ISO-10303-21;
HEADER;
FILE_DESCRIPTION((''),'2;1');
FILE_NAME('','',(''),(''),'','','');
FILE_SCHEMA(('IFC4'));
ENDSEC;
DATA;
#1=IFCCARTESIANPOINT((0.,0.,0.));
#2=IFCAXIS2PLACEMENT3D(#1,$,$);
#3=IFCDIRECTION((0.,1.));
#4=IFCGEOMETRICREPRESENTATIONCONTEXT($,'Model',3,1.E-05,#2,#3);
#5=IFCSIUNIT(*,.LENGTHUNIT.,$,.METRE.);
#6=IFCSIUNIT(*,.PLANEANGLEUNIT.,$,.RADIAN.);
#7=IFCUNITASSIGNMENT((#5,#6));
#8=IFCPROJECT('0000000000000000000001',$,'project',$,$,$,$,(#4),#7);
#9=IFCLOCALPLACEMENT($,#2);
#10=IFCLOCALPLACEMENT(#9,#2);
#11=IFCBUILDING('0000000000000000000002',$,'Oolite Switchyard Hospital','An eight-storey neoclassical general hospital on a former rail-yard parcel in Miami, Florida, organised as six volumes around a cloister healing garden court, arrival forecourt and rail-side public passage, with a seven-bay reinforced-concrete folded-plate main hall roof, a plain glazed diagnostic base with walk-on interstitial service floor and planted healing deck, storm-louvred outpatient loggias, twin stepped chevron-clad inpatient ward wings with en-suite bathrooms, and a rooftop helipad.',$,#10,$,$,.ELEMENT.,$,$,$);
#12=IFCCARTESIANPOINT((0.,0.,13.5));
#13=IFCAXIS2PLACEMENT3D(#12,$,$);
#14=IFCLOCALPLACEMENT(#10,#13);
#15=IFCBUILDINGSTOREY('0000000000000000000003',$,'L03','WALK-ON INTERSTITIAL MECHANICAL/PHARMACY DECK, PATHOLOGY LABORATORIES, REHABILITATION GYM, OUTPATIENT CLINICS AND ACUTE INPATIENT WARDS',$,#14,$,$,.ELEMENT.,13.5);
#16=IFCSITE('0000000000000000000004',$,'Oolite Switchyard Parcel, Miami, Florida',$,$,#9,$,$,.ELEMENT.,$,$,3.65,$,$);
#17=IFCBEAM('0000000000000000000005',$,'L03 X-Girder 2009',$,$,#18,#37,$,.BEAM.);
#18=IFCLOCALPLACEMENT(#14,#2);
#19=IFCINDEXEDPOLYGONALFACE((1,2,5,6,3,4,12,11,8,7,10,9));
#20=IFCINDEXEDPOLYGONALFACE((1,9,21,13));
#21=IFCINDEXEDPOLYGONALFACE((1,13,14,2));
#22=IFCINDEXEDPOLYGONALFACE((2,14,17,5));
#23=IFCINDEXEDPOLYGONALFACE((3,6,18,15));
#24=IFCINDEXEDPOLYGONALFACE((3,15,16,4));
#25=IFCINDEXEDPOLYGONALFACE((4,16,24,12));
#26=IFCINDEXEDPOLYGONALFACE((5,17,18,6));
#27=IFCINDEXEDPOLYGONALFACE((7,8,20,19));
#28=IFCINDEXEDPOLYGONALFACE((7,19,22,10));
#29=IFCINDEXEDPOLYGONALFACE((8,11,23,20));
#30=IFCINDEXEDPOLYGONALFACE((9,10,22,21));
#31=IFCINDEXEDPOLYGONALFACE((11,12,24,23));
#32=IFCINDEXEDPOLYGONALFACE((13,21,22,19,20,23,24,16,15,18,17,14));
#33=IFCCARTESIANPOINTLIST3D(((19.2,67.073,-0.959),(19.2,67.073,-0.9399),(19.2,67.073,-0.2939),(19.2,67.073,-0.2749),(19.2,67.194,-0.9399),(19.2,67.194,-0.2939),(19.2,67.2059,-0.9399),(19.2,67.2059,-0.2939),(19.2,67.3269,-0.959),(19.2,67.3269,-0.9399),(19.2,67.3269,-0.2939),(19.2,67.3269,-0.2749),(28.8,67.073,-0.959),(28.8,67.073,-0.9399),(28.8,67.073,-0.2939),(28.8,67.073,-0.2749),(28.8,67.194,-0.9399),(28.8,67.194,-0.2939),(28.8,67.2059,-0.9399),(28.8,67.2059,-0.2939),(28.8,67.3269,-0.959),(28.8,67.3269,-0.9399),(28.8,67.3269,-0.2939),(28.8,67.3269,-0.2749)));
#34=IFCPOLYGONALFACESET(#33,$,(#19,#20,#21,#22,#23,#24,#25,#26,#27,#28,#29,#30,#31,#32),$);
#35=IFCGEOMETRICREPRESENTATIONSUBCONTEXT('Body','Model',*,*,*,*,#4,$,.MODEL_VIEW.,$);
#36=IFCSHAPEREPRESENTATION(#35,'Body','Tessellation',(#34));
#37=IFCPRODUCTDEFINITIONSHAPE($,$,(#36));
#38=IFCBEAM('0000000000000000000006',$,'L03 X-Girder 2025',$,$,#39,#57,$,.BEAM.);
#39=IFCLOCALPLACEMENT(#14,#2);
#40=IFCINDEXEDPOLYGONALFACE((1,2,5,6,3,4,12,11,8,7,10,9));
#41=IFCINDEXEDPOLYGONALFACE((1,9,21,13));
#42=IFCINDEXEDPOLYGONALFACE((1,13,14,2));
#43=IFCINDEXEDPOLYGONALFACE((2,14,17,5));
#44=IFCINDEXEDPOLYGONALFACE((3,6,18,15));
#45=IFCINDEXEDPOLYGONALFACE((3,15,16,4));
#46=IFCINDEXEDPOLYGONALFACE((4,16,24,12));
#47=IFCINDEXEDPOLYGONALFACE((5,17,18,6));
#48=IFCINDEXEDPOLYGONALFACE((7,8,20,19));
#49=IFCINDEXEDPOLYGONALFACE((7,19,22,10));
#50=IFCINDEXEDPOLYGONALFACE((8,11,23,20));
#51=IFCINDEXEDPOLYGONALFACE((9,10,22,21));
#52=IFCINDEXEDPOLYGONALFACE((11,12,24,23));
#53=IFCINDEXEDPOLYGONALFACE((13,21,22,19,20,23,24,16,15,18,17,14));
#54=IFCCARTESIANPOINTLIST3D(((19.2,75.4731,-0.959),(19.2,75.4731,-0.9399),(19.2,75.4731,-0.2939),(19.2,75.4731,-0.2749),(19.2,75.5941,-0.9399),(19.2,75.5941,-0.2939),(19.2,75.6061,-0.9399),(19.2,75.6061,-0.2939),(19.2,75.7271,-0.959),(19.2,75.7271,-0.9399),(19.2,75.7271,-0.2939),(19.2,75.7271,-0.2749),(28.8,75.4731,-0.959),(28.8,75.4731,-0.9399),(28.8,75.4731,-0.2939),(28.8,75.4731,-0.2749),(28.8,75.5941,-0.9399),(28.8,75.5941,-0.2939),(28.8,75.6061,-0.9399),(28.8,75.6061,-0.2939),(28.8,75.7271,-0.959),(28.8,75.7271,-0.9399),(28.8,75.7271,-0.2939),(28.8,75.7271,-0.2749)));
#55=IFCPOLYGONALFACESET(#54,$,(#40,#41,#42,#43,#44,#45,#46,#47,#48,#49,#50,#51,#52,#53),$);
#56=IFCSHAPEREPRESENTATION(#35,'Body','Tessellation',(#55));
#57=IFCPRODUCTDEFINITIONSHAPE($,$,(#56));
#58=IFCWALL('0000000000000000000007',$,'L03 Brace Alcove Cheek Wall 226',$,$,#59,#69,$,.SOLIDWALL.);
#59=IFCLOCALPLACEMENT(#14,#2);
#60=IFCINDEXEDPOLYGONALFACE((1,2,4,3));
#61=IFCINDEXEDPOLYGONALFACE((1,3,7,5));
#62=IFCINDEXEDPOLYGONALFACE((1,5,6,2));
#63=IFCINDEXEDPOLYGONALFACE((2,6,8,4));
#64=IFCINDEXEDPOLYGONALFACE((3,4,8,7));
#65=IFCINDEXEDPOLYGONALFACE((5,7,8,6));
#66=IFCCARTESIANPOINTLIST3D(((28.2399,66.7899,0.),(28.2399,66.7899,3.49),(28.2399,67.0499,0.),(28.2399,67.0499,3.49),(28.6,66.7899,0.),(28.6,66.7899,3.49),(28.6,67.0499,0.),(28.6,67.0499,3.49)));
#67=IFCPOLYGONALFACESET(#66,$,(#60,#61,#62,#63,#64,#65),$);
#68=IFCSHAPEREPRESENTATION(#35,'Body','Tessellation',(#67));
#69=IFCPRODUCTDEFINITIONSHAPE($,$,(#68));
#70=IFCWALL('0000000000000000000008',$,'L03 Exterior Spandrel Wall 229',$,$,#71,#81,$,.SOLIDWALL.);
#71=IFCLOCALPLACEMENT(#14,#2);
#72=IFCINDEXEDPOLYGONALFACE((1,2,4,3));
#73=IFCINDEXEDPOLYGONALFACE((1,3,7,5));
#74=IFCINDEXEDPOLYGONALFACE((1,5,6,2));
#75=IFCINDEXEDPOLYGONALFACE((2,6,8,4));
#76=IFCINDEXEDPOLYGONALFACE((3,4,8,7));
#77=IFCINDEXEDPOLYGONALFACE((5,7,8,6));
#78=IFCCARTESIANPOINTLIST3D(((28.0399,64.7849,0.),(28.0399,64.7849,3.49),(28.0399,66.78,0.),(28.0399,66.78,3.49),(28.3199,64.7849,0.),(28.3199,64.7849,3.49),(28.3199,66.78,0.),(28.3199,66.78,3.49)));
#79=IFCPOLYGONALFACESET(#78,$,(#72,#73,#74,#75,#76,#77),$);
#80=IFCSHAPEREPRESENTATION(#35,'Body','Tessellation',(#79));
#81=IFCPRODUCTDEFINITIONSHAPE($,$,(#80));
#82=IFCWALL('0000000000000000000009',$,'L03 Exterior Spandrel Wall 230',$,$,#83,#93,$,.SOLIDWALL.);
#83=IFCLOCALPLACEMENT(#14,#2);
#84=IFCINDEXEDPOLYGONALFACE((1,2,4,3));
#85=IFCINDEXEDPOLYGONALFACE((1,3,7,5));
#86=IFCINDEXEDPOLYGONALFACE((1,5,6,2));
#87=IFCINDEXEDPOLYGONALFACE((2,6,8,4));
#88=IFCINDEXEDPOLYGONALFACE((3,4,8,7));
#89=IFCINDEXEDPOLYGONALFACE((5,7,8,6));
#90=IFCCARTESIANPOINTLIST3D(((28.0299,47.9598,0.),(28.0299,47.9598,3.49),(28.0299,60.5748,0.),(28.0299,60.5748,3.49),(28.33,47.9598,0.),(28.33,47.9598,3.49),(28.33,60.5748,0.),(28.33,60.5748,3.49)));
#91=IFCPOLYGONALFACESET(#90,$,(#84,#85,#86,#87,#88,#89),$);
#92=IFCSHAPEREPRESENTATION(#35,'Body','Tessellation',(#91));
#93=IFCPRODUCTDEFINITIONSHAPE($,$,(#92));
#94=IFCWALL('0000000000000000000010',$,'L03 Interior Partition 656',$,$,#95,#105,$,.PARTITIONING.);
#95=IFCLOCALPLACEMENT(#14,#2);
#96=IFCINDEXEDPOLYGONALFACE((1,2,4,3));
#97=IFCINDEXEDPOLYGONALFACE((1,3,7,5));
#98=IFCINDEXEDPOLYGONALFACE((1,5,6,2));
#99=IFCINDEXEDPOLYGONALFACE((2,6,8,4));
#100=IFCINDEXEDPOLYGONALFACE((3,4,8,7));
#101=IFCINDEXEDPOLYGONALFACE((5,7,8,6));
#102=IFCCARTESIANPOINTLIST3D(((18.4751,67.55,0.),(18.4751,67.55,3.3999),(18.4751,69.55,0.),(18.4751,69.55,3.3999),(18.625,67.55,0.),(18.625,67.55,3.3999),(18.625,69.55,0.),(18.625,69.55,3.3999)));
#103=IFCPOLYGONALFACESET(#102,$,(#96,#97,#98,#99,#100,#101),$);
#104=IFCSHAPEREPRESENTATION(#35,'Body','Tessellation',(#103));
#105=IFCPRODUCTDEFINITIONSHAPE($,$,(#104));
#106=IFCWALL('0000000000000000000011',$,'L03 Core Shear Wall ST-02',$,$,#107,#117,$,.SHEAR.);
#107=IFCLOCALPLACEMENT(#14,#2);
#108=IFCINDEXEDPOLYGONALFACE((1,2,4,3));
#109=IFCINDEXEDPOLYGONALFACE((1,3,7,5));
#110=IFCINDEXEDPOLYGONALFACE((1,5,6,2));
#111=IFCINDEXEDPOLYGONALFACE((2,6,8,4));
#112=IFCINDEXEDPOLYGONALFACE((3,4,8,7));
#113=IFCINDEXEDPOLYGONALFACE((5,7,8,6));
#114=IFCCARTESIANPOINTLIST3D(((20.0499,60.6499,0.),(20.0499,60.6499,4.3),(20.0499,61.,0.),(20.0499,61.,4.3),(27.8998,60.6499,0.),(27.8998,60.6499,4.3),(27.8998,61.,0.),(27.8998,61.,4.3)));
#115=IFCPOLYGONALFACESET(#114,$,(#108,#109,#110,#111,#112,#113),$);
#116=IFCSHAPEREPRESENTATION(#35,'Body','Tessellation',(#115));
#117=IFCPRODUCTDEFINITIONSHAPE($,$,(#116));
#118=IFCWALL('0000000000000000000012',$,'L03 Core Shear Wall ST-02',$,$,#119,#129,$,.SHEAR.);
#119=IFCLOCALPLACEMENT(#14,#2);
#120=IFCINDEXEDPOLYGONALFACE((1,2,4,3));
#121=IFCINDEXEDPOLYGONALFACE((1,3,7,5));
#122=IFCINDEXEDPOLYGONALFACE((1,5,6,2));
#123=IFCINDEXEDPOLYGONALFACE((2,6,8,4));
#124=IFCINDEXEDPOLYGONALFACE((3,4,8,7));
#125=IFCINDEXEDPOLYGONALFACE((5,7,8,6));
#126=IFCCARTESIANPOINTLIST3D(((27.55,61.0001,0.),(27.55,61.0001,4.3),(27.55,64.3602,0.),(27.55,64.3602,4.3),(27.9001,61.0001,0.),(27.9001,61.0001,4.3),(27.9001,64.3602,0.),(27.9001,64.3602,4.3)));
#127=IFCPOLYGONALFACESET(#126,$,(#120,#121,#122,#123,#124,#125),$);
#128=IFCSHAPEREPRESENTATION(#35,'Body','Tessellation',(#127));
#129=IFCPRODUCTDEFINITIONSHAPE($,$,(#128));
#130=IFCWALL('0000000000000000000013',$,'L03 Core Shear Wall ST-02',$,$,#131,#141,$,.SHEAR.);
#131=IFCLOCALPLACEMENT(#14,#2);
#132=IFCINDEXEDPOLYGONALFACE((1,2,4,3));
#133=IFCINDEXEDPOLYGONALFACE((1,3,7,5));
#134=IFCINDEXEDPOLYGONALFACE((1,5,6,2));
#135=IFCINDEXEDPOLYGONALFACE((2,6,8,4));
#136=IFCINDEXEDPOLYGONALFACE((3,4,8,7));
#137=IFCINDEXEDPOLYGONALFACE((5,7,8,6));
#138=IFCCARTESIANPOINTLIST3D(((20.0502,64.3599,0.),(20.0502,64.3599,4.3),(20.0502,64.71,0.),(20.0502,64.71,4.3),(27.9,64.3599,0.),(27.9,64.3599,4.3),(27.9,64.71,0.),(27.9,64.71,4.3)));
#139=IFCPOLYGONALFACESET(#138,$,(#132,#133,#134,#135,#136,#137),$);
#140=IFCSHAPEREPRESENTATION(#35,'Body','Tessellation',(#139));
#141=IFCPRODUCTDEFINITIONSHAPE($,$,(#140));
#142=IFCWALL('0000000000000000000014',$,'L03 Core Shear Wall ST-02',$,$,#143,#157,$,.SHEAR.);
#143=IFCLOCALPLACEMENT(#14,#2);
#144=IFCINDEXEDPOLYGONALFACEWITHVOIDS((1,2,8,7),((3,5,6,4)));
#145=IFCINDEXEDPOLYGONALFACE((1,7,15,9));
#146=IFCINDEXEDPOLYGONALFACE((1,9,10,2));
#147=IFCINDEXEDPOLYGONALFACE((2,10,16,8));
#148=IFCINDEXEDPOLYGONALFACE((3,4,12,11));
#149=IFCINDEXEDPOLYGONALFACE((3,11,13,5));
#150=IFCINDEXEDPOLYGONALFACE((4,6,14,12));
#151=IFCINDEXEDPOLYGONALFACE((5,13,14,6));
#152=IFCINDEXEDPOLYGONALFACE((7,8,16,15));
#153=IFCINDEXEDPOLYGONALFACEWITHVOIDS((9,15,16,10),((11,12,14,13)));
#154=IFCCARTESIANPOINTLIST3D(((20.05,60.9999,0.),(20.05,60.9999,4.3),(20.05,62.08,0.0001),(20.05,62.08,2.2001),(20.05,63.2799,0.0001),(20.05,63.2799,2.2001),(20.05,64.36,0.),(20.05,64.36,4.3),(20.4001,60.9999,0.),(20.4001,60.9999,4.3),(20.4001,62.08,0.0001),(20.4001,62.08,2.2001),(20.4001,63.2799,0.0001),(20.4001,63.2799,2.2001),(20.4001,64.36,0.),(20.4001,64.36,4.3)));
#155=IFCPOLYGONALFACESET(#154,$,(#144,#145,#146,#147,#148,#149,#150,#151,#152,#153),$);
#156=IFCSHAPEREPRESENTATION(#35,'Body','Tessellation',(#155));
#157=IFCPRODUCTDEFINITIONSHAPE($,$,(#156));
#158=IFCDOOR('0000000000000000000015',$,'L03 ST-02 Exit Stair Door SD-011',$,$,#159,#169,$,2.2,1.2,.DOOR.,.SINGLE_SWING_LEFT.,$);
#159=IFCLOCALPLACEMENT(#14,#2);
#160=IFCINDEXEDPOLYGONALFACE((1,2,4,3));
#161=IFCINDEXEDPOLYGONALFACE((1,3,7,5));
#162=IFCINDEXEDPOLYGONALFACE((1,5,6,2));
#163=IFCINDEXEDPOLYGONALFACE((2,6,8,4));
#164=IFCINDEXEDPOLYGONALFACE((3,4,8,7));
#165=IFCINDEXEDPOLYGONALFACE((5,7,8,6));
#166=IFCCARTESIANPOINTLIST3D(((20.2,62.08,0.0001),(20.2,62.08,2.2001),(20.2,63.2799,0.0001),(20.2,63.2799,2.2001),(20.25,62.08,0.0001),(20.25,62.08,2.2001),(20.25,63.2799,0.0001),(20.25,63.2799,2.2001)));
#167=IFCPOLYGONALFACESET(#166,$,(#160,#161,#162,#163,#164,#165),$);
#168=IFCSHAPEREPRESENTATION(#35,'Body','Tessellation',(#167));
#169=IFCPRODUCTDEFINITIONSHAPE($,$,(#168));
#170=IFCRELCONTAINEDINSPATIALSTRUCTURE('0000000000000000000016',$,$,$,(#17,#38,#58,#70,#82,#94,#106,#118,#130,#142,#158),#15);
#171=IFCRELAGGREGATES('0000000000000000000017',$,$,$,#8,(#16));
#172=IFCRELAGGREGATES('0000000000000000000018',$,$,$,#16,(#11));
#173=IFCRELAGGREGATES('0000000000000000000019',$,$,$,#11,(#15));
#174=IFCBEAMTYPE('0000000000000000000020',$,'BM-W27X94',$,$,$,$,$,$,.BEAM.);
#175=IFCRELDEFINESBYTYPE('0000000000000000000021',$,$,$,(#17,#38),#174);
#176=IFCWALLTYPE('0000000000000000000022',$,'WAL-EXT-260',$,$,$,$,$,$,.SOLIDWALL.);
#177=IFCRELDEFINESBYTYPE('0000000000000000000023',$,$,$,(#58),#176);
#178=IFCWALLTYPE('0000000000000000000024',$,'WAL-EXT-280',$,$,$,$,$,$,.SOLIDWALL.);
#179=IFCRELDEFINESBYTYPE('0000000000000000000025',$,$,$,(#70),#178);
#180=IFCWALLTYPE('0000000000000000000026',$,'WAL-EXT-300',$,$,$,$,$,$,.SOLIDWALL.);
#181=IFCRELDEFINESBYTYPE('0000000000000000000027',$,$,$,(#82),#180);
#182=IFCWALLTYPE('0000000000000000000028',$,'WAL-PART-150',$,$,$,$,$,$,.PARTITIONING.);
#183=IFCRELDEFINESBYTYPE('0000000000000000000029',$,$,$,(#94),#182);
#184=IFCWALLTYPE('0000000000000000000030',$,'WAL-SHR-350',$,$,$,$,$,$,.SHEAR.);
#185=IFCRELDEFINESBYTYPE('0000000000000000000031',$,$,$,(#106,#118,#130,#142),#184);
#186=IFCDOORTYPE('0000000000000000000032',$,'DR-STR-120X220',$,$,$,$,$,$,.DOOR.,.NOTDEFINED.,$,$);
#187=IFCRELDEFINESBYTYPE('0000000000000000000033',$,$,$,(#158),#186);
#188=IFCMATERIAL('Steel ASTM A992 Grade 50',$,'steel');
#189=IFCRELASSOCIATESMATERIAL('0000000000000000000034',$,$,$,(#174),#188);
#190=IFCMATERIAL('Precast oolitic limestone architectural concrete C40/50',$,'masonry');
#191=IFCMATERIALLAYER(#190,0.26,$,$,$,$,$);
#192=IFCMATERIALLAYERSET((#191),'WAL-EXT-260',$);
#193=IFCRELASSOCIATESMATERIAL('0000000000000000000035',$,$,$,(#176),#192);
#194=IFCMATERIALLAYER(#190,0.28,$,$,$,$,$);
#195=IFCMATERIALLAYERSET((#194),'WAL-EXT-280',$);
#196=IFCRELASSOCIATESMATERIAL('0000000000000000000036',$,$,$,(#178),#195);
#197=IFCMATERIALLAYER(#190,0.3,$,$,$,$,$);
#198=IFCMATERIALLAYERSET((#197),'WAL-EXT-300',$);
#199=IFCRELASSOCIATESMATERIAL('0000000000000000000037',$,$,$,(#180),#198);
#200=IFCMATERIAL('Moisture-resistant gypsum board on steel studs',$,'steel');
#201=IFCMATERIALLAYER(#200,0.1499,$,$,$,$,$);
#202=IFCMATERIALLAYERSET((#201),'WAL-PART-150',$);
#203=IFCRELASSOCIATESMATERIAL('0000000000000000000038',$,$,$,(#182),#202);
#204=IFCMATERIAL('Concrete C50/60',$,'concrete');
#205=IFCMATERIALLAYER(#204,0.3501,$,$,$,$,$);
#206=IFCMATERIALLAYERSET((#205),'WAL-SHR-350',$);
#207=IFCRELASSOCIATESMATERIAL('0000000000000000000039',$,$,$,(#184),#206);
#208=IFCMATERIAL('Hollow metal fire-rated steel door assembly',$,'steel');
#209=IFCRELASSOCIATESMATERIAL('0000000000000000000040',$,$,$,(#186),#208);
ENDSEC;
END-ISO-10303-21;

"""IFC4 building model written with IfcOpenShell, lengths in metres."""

from ifc_helpers import new_model, si_unit, direction, frame, frame_2d, origin, origin_2d, place, context, subcontext, project, spatial, rectangle, i_section, extrude, material, layer, layer_set, material_profile, profile_set, type_object, element, fill, save


model = new_model("IFC4")

# Units and contexts
model_context = context("Model", 3, precision=1e-05, world=origin(), true_north=direction((0.0, 1.0)))
body_context = subcontext(model_context, "Body", "Model", "MODEL_VIEW")
ifc_project = project(units=[si_unit("LENGTHUNIT", "METRE"), si_unit("PLANEANGLEUNIT", "RADIAN")], contexts=[model_context])

# Site, building, storey
site_placement = place(None, origin())
site = spatial("IfcSite", under=ifc_project, at=site_placement, Name="Oolite Switchyard Parcel, Miami, Florida", CompositionType="ELEMENT", RefElevation=3.65)
building_placement = place(site_placement, origin())
building = spatial("IfcBuilding", under=site, at=building_placement, Name="Oolite Switchyard Hospital", Description="An eight-storey neoclassical general hospital on a former rail-yard parcel in Miami, Florida, organised as six volumes around a cloister healing garden court, arrival forecourt and rail-side public passage, with a seven-bay reinforced-concrete folded-plate main hall roof, a plain glazed diagnostic base with walk-on interstitial service floor and planted healing deck, storm-louvred outpatient loggias, twin stepped chevron-clad inpatient ward wings with en-suite bathrooms, and a rooftop helipad.", CompositionType="ELEMENT")
storey_placement = place(building_placement, frame((0.0, 0.0, 13.5)))
storey = spatial("IfcBuildingStorey", under=building, at=storey_placement, Name="L03", Description="WALK-ON INTERSTITIAL MECHANICAL/PHARMACY DECK, PATHOLOGY LABORATORIES, REHABILITATION GYM, OUTPATIENT CLINICS AND ACUTE INPATIENT WARDS", CompositionType="ELEMENT", Elevation=13.5)

# Shared definitions
ifc_material_1 = material(Name="Concrete C50/60", Category="concrete")

# Beams
ifc_material_2 = material(Name="Steel ASTM A992 Grade 50", Category="steel")
ifc_material_profile_1 = material_profile(ifc_material_2, i_section(OverallWidth=0.2539, OverallDepth=0.6841, WebThickness=0.012, FlangeThickness=0.019, at=origin_2d()), Name="W27X94")
ifc_profile_set_1 = profile_set([ifc_material_profile_1], Name="Steel ASTM A992 Grade 50")
beam_type_1 = type_object("IfcBeamType", Name="BM-W27X94", PredefinedType="BEAM", material=ifc_profile_set_1)
for number, where, z_axis, x_axis, name in (
    (1, (19.2, 67.2, -0.6169), (1.0, 0.0, 0.0), (0.0, 1.0, 0.0), "L03 X-Girder 2009"),
    (2, (19.2, 75.6001, -0.6169), (1.0, 0.0, 0.0), (0.0, 1.0, 0.0), "L03 X-Girder 2025"),
):
    element("IfcBeam", number, at=place(storey_placement, frame(where, z_axis=z_axis, x_axis=x_axis)), inside=storey, type_object=beam_type_1, Name=name, PredefinedType="BEAM", context=body_context, shape_type="SweptSolid", body=[
        extrude(i_section(OverallWidth=0.2539, OverallDepth=0.6841, WebThickness=0.012, FlangeThickness=0.019, at=origin_2d()), origin(), (0.0, 0.0, 1.0), 9.6001),
    ])

# Walls
ifc_material_3 = material(Name="Precast oolitic limestone architectural concrete C40/50", Category="masonry")
ifc_layer_1 = layer(ifc_material_3, 0.26)
ifc_layer_set_1 = layer_set([ifc_layer_1], Name="WAL-EXT-260")
wall_type_1 = type_object("IfcWallType", Name="WAL-EXT-260", PredefinedType="SOLIDWALL", material=ifc_layer_set_1)
wall_1_placement = place(storey_placement, frame((28.6001, 66.9199, 0.0), z_axis=(0.0, 0.0, 1.0), x_axis=(-1.0, 0.0, 0.0)))
element("IfcWall", 3, at=wall_1_placement, inside=storey, type_object=wall_type_1, Name="L03 Brace Alcove Cheek Wall 226", PredefinedType="SOLIDWALL", context=body_context, shape_type="SweptSolid", body=[
    extrude(rectangle(XDim=0.3601, YDim=0.26, at=frame_2d((0.1802, 0.0))), origin(), (0.0, 0.0, 1.0), 3.49),
])
ifc_layer_2 = layer(ifc_material_3, 0.28)
ifc_layer_set_2 = layer_set([ifc_layer_2], Name="WAL-EXT-280")
wall_type_2 = type_object("IfcWallType", Name="WAL-EXT-280", PredefinedType="SOLIDWALL", material=ifc_layer_set_2)
wall_2_placement = place(storey_placement, frame((28.1799, 66.78, 0.0), z_axis=(0.0, 0.0, 1.0), x_axis=(0.0, -1.0, 0.0)))
element("IfcWall", 4, at=wall_2_placement, inside=storey, type_object=wall_type_2, Name="L03 Exterior Spandrel Wall 229", PredefinedType="SOLIDWALL", context=body_context, shape_type="SweptSolid", body=[
    extrude(rectangle(XDim=1.9951, YDim=0.28, at=frame_2d((0.9976, 0.0))), origin(), (0.0, 0.0, 1.0), 3.49),
])
ifc_layer_3 = layer(ifc_material_3, 0.3)
ifc_layer_set_3 = layer_set([ifc_layer_3], Name="WAL-EXT-300")
wall_type_3 = type_object("IfcWallType", Name="WAL-EXT-300", PredefinedType="SOLIDWALL", material=ifc_layer_set_3)
wall_3_placement = place(storey_placement, frame((28.1799, 60.575, 0.0), z_axis=(0.0, 0.0, 1.0), x_axis=(0.0, -1.0, 0.0)))
element("IfcWall", 5, at=wall_3_placement, inside=storey, type_object=wall_type_3, Name="L03 Exterior Spandrel Wall 230", PredefinedType="SOLIDWALL", context=body_context, shape_type="SweptSolid", body=[
    extrude(rectangle(XDim=12.615, YDim=0.3, at=frame_2d((6.3076, 0.0))), origin(), (0.0, 0.0, 1.0), 3.49),
])
ifc_material_4 = material(Name="Moisture-resistant gypsum board on steel studs", Category="steel")
ifc_layer_4 = layer(ifc_material_4, 0.1499)
ifc_layer_set_4 = layer_set([ifc_layer_4], Name="WAL-PART-150")
wall_type_4 = type_object("IfcWallType", Name="WAL-PART-150", PredefinedType="PARTITIONING", material=ifc_layer_set_4)
wall_4_placement = place(storey_placement, frame((18.55, 67.55, 0.0), z_axis=(0.0, 0.0, 1.0), x_axis=(0.0, 1.0, 0.0)))
element("IfcWall", 6, at=wall_4_placement, inside=storey, type_object=wall_type_4, Name="L03 Interior Partition 656", PredefinedType="PARTITIONING", context=body_context, shape_type="SweptSolid", body=[
    extrude(rectangle(XDim=2.0, YDim=0.1499, at=frame_2d((1.0, 0.0))), origin(), (0.0, 0.0, 1.0), 3.3999),
])
ifc_layer_5 = layer(ifc_material_1, 0.3501)
ifc_layer_set_5 = layer_set([ifc_layer_5], Name="WAL-SHR-350")
wall_type_5 = type_object("IfcWallType", Name="WAL-SHR-350", PredefinedType="SHEAR", material=ifc_layer_set_5)
wall_5_placement = place(storey_placement, frame((20.05, 60.825, 0.0), z_axis=(0.0, 0.0, 1.0), x_axis=(1.0, 0.0, 0.0)))
element("IfcWall", 7, at=wall_5_placement, inside=storey, type_object=wall_type_5, Name="L03 Core Shear Wall ST-02", PredefinedType="SHEAR", context=body_context, shape_type="SweptSolid", body=[
    extrude(rectangle(XDim=7.8499, YDim=0.3501, at=frame_2d((3.9248, 0.0))), origin(), (0.0, 0.0, 1.0), 4.3),
])
wall_6_placement = place(storey_placement, frame((27.7251, 61.0, 0.0), z_axis=(0.0, 0.0, 1.0), x_axis=(0.0, 1.0, 0.0)))
element("IfcWall", 8, at=wall_6_placement, inside=storey, type_object=wall_type_5, Name="L03 Core Shear Wall ST-02", PredefinedType="SHEAR", context=body_context, shape_type="SweptSolid", body=[
    extrude(rectangle(XDim=3.3601, YDim=0.3501, at=frame_2d((1.6802, 0.0))), origin(), (0.0, 0.0, 1.0), 4.3),
])
wall_7_placement = place(storey_placement, frame((27.8999, 64.5349, 0.0), z_axis=(0.0, 0.0, 1.0), x_axis=(-1.0, 0.0, 0.0)))
element("IfcWall", 9, at=wall_7_placement, inside=storey, type_object=wall_type_5, Name="L03 Core Shear Wall ST-02", PredefinedType="SHEAR", context=body_context, shape_type="SweptSolid", body=[
    extrude(rectangle(XDim=7.8499, YDim=0.3501, at=frame_2d((3.9248, 0.0))), origin(), (0.0, 0.0, 1.0), 4.3),
])

# Wall, opening, door
wall_8_placement = place(storey_placement, frame((20.2251, 64.3601, 0.0), z_axis=(0.0, 0.0, 1.0), x_axis=(0.0, -1.0, 0.0)))
wall_8 = element("IfcWall", 10, at=wall_8_placement, inside=storey, type_object=wall_type_5, Name="L03 Core Shear Wall ST-02", PredefinedType="SHEAR", context=body_context, shape_type="SweptSolid", body=[
    extrude(rectangle(XDim=3.3601, YDim=0.3501, at=frame_2d((1.6802, 0.0))), origin(), (0.0, 0.0, 1.0), 4.3),
])
opening_placement = place(wall_8_placement, frame((1.0801, 0.0, 0.0)))
opening = element("IfcOpeningElement", 11, at=opening_placement, cuts=wall_8, PredefinedType="OPENING", context=body_context, shape_type="SweptSolid", body=[
    extrude(rectangle(XDim=1.2, YDim=2.2, at=frame_2d((0.6001, 1.1001))), frame((0.0, 0.1851, 0.0), z_axis=(0.0, -1.0, 0.0), x_axis=(1.0, 0.0, 0.0)), (0.0, 0.0, 1.0), 0.3701),
])
ifc_material_5 = material(Name="Hollow metal fire-rated steel door assembly", Category="steel")
door_type = type_object("IfcDoorType", Name="DR-STR-120X220", OperationType="NOTDEFINED", PredefinedType="DOOR", material=ifc_material_5)
door_placement = place(opening_placement, origin())
door = element("IfcDoor", 12, at=door_placement, inside=storey, type_object=door_type, Name="L03 ST-02 Exit Stair Door SD-011", OperationType="SINGLE_SWING_LEFT", OverallHeight=2.2, OverallWidth=1.2, PredefinedType="DOOR", context=body_context, shape_type="SweptSolid", body=[
    extrude(rectangle(XDim=1.2, YDim=2.2, at=frame_2d((0.6001, 1.1001))), frame((0.0, 0.0249, 0.0), z_axis=(0.0, -1.0, 0.0), x_axis=(1.0, 0.0, 0.0)), (0.0, 0.0, 1.0), 0.05),
])
fill(opening, door)

save(model, "model.ifc")
